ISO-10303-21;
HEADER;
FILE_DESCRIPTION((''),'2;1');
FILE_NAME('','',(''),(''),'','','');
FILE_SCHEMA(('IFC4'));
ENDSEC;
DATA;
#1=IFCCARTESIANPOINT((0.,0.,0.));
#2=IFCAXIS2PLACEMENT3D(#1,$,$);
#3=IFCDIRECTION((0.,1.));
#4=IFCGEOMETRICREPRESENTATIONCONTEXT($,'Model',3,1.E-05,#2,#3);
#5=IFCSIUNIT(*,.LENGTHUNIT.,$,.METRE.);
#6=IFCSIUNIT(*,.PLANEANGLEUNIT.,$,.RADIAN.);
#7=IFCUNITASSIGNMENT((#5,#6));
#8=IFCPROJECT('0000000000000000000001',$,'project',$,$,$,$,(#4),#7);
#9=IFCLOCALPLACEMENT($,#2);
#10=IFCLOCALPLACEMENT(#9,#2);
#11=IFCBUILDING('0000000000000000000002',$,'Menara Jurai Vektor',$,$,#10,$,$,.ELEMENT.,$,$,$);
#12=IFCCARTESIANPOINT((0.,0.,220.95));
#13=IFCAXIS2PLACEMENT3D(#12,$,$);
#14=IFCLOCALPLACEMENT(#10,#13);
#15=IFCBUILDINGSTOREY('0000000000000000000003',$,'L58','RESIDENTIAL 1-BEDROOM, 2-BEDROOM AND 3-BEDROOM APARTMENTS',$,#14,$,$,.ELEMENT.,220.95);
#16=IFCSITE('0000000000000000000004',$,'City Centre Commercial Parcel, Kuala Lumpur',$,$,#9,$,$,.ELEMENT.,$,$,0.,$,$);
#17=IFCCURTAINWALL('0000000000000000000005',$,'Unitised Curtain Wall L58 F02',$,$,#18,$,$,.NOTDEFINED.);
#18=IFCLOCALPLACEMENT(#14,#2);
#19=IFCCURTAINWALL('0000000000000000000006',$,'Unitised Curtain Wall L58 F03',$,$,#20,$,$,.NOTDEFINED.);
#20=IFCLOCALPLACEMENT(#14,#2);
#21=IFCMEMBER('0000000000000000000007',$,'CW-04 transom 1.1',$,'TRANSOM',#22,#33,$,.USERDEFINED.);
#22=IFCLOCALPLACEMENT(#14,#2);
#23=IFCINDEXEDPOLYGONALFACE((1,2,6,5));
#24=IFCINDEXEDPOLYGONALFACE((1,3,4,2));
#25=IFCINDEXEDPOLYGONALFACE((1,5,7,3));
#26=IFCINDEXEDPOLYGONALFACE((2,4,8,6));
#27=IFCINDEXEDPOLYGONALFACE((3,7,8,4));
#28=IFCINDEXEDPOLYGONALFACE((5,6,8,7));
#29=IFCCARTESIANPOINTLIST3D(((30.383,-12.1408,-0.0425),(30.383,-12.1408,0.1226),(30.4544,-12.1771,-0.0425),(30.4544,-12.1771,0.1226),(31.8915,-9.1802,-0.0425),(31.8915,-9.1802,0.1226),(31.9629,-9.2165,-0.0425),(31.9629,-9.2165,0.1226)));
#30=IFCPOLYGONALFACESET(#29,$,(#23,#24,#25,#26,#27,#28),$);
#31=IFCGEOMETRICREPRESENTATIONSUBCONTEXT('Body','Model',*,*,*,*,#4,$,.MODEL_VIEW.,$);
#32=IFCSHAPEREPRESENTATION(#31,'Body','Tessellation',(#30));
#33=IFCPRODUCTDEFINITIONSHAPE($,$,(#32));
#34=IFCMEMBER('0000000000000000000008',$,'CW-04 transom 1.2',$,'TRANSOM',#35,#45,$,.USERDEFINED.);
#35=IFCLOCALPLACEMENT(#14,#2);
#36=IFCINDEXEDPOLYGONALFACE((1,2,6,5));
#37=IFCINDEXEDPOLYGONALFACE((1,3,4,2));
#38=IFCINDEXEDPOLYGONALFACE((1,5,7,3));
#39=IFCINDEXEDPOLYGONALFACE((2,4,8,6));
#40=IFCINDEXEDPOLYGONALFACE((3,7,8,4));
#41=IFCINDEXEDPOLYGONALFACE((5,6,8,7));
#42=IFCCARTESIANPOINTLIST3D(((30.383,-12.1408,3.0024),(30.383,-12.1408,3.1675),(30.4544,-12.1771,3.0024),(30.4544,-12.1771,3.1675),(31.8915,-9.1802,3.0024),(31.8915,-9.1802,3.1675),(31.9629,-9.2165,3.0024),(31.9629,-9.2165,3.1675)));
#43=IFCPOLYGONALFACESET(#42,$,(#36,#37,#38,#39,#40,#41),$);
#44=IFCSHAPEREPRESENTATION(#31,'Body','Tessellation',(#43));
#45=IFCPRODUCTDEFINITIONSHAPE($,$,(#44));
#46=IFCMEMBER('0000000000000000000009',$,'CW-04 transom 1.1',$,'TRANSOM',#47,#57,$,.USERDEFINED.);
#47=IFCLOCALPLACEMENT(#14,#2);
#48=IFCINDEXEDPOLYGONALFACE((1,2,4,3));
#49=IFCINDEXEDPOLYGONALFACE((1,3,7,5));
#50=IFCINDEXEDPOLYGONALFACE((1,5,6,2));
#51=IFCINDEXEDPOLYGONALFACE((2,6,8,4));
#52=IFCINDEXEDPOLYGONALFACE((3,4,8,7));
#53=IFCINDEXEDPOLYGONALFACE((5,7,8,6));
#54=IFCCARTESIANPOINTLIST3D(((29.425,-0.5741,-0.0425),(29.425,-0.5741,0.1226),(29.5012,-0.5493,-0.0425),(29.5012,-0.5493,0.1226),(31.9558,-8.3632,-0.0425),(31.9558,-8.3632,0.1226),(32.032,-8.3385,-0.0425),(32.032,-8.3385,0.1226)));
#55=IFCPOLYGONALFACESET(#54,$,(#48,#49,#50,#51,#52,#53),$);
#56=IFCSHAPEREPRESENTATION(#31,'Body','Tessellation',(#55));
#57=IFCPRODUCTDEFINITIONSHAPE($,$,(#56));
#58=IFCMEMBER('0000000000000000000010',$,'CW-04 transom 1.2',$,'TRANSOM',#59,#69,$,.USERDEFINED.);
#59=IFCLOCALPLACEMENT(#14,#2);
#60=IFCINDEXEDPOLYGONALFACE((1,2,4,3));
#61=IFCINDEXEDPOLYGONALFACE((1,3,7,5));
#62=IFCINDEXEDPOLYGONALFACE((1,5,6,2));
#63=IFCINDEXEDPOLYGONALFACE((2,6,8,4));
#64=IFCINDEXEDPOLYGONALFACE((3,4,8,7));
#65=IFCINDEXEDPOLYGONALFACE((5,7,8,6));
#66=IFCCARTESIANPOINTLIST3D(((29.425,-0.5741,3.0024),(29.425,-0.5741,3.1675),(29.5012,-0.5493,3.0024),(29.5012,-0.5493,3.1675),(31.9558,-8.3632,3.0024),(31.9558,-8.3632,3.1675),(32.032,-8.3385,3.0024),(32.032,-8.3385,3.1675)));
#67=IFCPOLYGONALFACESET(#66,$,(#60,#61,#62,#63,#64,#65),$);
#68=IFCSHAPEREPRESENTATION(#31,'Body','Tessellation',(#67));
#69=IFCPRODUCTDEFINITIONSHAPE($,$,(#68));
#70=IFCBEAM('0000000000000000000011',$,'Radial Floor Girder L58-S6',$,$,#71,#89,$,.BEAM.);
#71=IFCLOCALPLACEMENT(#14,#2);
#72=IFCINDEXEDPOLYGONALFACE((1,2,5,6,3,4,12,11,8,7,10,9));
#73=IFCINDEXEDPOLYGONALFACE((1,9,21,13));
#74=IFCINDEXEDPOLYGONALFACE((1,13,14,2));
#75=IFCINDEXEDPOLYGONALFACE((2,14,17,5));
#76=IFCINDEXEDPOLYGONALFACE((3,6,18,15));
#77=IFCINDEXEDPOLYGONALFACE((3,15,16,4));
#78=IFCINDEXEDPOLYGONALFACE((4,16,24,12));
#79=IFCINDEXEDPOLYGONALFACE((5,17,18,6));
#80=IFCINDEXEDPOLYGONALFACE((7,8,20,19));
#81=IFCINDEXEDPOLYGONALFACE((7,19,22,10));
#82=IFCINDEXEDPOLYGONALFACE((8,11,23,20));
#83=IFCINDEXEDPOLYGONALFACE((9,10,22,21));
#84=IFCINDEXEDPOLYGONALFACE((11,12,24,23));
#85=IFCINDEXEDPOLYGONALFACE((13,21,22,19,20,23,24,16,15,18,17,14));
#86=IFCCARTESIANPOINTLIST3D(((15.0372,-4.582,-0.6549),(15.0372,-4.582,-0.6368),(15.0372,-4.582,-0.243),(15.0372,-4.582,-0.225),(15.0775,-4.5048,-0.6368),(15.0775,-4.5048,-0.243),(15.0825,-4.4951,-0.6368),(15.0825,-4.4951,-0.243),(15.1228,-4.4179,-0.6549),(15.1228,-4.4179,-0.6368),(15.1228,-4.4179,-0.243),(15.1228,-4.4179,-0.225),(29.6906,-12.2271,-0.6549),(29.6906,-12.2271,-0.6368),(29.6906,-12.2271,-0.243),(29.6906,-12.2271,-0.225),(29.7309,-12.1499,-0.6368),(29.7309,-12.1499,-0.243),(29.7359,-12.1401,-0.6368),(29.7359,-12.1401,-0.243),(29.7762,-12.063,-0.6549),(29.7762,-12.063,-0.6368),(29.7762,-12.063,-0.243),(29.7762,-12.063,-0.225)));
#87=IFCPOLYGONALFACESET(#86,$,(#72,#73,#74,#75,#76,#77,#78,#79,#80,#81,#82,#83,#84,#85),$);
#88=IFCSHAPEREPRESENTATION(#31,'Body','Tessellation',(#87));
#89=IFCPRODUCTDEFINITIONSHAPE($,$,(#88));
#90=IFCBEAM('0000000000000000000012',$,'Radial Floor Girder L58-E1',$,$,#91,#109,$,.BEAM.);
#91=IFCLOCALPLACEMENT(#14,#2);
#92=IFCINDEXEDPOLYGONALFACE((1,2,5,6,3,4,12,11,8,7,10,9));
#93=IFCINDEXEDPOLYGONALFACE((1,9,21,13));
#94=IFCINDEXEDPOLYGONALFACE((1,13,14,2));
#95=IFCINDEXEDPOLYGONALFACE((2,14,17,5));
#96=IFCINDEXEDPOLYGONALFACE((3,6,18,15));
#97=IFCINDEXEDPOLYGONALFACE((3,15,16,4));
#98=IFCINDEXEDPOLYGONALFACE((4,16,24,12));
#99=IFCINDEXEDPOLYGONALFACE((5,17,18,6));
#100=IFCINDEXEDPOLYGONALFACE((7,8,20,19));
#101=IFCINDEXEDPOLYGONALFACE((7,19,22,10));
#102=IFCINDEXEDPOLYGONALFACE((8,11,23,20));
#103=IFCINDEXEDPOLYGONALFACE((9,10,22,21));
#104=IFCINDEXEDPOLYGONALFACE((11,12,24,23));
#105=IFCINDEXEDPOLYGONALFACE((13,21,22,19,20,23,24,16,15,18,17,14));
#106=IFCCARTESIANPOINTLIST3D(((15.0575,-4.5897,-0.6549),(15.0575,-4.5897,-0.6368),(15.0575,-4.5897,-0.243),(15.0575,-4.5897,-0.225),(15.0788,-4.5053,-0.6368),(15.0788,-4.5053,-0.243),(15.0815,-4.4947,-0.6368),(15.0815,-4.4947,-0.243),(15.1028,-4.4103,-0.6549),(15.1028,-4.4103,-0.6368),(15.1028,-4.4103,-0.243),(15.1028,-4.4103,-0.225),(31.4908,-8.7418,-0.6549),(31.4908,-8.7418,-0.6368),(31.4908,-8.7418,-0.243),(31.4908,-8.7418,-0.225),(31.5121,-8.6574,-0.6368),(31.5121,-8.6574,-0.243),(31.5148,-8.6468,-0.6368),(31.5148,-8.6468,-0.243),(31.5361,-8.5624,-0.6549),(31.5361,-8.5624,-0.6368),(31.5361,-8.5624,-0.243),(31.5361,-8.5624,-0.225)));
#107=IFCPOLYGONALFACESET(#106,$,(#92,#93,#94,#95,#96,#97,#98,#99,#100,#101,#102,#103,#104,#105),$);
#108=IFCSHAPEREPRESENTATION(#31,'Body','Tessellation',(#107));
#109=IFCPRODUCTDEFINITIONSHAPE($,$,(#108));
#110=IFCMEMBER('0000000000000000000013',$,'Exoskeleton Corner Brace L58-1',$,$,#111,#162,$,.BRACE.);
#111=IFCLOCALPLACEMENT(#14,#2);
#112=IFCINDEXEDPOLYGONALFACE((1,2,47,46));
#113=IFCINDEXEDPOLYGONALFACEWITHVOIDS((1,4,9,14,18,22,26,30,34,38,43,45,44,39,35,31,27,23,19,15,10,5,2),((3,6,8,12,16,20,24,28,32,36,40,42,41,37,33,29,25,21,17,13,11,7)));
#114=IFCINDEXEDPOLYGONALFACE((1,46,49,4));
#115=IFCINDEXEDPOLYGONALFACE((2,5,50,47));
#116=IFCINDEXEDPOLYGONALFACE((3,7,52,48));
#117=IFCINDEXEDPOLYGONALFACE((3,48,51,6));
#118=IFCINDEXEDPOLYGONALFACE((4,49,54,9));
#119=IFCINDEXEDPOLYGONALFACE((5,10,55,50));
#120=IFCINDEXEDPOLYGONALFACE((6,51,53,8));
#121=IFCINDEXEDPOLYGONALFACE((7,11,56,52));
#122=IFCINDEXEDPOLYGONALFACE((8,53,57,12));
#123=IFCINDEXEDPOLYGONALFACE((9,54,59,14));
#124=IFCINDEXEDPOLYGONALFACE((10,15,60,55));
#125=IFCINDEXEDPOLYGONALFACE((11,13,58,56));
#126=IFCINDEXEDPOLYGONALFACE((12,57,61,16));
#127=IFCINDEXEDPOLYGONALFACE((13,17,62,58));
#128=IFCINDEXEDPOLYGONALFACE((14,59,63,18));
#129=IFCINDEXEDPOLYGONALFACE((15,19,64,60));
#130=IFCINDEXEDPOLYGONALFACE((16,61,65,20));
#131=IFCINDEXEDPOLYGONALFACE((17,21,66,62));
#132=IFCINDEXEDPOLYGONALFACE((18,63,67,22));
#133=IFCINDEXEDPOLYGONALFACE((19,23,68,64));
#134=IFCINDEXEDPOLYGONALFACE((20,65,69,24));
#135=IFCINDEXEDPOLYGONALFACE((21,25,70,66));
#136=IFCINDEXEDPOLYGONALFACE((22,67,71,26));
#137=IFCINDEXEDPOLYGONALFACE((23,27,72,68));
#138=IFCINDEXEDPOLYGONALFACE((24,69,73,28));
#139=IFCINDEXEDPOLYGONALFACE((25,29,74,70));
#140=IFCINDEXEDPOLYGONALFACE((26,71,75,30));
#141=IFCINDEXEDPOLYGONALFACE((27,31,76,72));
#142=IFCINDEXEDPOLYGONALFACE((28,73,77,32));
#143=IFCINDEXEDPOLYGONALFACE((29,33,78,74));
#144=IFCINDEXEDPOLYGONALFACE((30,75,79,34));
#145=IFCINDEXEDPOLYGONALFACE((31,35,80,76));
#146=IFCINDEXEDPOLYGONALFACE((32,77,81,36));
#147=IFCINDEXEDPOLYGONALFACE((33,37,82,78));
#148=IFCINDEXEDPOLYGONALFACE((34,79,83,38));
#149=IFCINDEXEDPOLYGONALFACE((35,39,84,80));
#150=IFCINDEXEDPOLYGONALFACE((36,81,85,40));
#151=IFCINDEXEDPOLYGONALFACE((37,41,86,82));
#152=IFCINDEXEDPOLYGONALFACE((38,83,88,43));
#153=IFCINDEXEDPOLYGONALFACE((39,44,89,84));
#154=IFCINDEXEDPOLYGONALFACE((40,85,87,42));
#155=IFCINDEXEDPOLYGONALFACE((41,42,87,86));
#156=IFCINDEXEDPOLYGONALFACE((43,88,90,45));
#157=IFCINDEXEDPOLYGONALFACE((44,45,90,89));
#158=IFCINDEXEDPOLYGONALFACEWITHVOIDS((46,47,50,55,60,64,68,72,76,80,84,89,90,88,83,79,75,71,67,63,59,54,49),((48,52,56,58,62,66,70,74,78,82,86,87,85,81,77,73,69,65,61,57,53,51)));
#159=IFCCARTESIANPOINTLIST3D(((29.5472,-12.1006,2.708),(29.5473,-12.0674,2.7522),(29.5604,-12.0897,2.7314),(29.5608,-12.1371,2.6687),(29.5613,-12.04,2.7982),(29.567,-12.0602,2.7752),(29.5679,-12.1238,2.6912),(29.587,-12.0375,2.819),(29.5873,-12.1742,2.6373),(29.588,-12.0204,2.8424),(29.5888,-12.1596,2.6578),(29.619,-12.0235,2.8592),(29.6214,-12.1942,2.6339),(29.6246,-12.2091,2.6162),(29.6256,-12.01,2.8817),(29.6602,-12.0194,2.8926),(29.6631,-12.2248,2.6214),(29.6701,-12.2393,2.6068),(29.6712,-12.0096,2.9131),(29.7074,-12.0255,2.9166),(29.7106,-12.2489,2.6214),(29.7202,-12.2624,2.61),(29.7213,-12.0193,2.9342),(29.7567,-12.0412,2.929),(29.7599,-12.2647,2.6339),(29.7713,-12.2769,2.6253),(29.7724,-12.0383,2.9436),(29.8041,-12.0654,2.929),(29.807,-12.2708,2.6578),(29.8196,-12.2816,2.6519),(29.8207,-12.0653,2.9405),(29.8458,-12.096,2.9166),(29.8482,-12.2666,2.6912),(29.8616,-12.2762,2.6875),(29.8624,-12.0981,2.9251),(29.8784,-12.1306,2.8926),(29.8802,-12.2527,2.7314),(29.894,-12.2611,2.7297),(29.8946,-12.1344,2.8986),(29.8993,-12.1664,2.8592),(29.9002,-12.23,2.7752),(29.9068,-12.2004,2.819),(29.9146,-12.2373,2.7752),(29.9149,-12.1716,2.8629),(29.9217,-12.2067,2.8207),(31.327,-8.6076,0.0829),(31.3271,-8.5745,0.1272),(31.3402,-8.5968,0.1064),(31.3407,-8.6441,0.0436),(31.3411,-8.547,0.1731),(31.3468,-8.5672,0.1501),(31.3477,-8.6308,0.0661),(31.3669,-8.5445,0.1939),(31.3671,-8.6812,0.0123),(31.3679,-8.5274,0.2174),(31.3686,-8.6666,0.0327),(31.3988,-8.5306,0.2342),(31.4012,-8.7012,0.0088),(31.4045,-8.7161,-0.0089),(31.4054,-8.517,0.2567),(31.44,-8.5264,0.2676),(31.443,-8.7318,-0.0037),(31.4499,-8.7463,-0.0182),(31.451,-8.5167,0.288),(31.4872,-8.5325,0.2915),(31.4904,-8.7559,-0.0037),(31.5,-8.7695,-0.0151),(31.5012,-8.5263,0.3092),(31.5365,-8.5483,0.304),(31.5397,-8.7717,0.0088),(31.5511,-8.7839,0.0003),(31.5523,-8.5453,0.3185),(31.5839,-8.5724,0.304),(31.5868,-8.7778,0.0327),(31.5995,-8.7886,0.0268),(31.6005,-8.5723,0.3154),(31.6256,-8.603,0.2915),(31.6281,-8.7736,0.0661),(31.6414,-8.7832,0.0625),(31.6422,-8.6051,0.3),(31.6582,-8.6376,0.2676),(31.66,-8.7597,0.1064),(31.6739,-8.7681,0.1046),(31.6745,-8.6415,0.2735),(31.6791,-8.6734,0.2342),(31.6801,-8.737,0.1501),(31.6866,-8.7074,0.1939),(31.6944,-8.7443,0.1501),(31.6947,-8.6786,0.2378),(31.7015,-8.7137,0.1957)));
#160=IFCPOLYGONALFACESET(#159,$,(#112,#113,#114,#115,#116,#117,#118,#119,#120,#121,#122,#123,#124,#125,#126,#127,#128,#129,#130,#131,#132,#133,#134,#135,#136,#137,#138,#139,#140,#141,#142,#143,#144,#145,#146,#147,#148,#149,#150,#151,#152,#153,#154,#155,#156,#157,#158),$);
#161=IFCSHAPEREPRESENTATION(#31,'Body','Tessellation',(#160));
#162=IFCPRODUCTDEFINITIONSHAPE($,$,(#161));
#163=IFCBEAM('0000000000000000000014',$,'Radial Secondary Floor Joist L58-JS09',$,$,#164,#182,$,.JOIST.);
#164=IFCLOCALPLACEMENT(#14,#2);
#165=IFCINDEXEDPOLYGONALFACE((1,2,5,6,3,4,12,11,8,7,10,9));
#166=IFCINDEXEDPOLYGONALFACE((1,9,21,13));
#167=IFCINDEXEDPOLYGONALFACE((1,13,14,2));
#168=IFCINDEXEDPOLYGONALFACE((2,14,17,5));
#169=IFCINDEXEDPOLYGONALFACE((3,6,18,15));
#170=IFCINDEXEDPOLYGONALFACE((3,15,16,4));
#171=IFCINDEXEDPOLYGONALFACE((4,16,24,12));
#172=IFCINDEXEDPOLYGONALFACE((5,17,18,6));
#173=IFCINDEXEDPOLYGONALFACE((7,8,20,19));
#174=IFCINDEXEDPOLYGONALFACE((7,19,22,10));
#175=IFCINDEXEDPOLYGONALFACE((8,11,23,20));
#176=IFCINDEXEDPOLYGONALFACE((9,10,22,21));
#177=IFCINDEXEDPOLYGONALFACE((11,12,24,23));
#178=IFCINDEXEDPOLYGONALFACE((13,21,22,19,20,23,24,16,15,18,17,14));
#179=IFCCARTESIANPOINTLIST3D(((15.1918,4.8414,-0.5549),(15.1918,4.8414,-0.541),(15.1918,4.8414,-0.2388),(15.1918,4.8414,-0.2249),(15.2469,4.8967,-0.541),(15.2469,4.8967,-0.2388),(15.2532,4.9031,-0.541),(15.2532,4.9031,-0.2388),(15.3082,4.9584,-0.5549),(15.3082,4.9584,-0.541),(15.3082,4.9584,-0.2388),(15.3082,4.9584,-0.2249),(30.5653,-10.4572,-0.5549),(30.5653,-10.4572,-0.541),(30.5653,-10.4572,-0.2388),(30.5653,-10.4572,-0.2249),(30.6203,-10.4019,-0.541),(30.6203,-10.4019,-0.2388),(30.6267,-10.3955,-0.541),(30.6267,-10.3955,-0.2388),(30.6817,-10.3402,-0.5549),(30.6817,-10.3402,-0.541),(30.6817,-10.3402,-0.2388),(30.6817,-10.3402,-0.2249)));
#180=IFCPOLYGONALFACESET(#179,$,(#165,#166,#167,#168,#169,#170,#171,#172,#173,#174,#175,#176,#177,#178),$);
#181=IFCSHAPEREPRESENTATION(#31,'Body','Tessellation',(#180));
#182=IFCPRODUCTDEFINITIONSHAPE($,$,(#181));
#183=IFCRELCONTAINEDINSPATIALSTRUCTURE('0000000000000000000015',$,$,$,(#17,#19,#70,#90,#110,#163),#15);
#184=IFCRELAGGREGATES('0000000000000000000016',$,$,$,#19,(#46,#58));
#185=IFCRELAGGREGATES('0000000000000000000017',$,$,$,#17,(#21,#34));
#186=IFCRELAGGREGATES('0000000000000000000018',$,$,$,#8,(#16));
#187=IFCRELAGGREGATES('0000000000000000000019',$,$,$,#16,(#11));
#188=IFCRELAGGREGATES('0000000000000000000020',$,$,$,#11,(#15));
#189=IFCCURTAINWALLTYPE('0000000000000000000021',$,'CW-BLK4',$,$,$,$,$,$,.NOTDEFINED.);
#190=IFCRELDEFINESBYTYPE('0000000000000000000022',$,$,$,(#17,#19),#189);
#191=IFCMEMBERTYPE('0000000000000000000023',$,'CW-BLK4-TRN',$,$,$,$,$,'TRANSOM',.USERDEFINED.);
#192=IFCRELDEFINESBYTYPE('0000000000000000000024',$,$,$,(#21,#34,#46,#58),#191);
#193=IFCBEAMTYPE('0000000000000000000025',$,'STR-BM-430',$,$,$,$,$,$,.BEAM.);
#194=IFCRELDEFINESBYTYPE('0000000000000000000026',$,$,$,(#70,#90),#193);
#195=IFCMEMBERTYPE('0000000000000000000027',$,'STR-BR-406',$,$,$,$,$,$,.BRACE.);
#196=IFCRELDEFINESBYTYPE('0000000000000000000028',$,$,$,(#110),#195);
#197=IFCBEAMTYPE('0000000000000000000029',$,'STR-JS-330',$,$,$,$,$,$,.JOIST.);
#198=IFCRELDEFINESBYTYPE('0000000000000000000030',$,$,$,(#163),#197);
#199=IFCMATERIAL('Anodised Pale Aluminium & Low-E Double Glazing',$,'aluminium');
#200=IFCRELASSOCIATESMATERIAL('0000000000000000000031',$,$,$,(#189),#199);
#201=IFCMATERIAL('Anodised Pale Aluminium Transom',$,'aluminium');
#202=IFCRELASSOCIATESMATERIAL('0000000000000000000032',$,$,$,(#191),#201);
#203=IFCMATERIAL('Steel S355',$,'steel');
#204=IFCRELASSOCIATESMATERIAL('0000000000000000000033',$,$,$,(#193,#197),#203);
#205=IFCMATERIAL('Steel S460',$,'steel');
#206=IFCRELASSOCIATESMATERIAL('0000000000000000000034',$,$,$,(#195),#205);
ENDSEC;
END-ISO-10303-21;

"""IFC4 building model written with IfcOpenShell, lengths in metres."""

from ifc_helpers import new_model, si_unit, direction, frame, origin, origin_2d, place, context, subcontext, project, spatial, rectangle, hollow_circle, i_section, extrude, material, material_profile, profile_set, type_object, element, aggregate, save


model = new_model("IFC4")

# Units and contexts
model_context = context("Model", 3, precision=1e-05, world=origin(), true_north=direction((0.0, 1.0)))
body_context = subcontext(model_context, "Body", "Model", "MODEL_VIEW")
ifc_project = project(units=[si_unit("LENGTHUNIT", "METRE"), si_unit("PLANEANGLEUNIT", "RADIAN")], contexts=[model_context])

# Site, building, storey
site_placement = place(None, origin())
site = spatial("IfcSite", under=ifc_project, at=site_placement, Name="City Centre Commercial Parcel, Kuala Lumpur", CompositionType="ELEMENT", RefElevation=0.0)
building_placement = place(site_placement, origin())
building = spatial("IfcBuilding", under=site, at=building_placement, Name="Menara Jurai Vektor", CompositionType="ELEMENT")
storey_placement = place(building_placement, frame((0.0, 0.0, 220.95)))
storey = spatial("IfcBuildingStorey", under=building, at=storey_placement, Name="L58", Description="RESIDENTIAL 1-BEDROOM, 2-BEDROOM AND 3-BEDROOM APARTMENTS", CompositionType="ELEMENT", Elevation=220.95)

# Shared definitions
ifc_material_1 = material(Name="Steel S460", Category="steel")

# Curtain wall
ifc_material_2 = material(Name="Anodised Pale Aluminium & Low-E Double Glazing", Category="aluminium")
curtain_wall_type = type_object("IfcCurtainWallType", Name="CW-BLK4", PredefinedType="NOTDEFINED", material=ifc_material_2)
curtain_wall_1_placement = place(storey_placement, origin())
curtain_wall_1 = element("IfcCurtainWall", 1, at=curtain_wall_1_placement, inside=storey, type_object=curtain_wall_type, Name="Unitised Curtain Wall L58 F02", PredefinedType="NOTDEFINED")

# Curtain wall
curtain_wall_2_placement = place(storey_placement, origin())
curtain_wall_2 = element("IfcCurtainWall", 2, at=curtain_wall_2_placement, inside=storey, type_object=curtain_wall_type, Name="Unitised Curtain Wall L58 F03", PredefinedType="NOTDEFINED")

# Members
ifc_material_3 = material(Name="Anodised Pale Aluminium Transom", Category="aluminium")
ifc_material_profile_1 = material_profile(ifc_material_3, rectangle(XDim=0.0801, YDim=0.165, at=origin_2d()), Name="ALU TRN 80x165")
ifc_profile_set_1 = profile_set([ifc_material_profile_1], Name="Anodised Pale Aluminium Transom")
member_type_1 = type_object("IfcMemberType", Name="CW-BLK4-TRN", ElementType="TRANSOM", PredefinedType="USERDEFINED", material=ifc_profile_set_1)
member_1_placement = place(storey_placement, frame((30.4187, -12.1589, 0.04), z_axis=(0.45399, 0.891007, 0.0), x_axis=(-0.891007, 0.45399, 0.0)))
member_1 = element("IfcMember", 3, at=member_1_placement, type_object=member_type_1, Name="CW-04 transom 1.1", ObjectType="TRANSOM", PredefinedType="USERDEFINED", context=body_context, shape_type="SweptSolid", body=[
    extrude(rectangle(XDim=0.0801, YDim=0.165, at=origin_2d()), origin(), (0.0, 0.0, 1.0), 3.3228),
])
member_2_placement = place(storey_placement, frame((30.4187, -12.1589, 3.085), z_axis=(0.45399, 0.891007, 0.0), x_axis=(-0.891007, 0.45399, 0.0)))
member_2 = element("IfcMember", 4, at=member_2_placement, type_object=member_type_1, Name="CW-04 transom 1.2", ObjectType="TRANSOM", PredefinedType="USERDEFINED", context=body_context, shape_type="SweptSolid", body=[
    extrude(rectangle(XDim=0.0801, YDim=0.165, at=origin_2d()), origin(), (0.0, 0.0, 1.0), 3.3228),
])
member_3_placement = place(storey_placement, frame((31.9939, -8.3508, 0.04), z_axis=(-0.309011, 0.951059, 0.0), x_axis=(-0.951059, -0.309011, 0.0)))
member_3 = element("IfcMember", 5, at=member_3_placement, type_object=member_type_1, Name="CW-04 transom 1.1", ObjectType="TRANSOM", PredefinedType="USERDEFINED", context=body_context, shape_type="SweptSolid", body=[
    extrude(rectangle(XDim=0.0801, YDim=0.165, at=origin_2d()), origin(), (0.0, 0.0, 1.0), 8.1899),
])
member_4_placement = place(storey_placement, frame((31.9939, -8.3508, 3.085), z_axis=(-0.309011, 0.951059, 0.0), x_axis=(-0.951059, -0.309011, 0.0)))
member_4 = element("IfcMember", 6, at=member_4_placement, type_object=member_type_1, Name="CW-04 transom 1.2", ObjectType="TRANSOM", PredefinedType="USERDEFINED", context=body_context, shape_type="SweptSolid", body=[
    extrude(rectangle(XDim=0.0801, YDim=0.165, at=origin_2d()), origin(), (0.0, 0.0, 1.0), 8.1899),
])

# Beams
ifc_material_4 = material(Name="Steel S355", Category="steel")
ifc_material_profile_2 = material_profile(ifc_material_4, i_section(OverallWidth=0.1851, OverallDepth=0.4299, WebThickness=0.011, FlangeThickness=0.0181, at=origin_2d()), Name="PG 430x185x76")
ifc_profile_set_2 = profile_set([ifc_material_profile_2], Name="Steel S355")
beam_type_1 = type_object("IfcBeamType", Name="STR-BM-430", PredefinedType="BEAM", material=ifc_profile_set_2)
beam_1_placement = place(storey_placement, frame((29.7334, -12.145, -0.4399), z_axis=(-0.88659, 0.462557, 0.0), x_axis=(-0.462557, -0.88659, 0.0)))
element("IfcBeam", 7, at=beam_1_placement, inside=storey, type_object=beam_type_1, Name="Radial Floor Girder L58-S6", PredefinedType="BEAM", context=body_context, shape_type="SweptSolid", body=[
    extrude(i_section(OverallWidth=0.1851, OverallDepth=0.4299, WebThickness=0.011, FlangeThickness=0.0181, at=origin_2d()), origin(), (0.0, 0.0, 1.0), 16.5278),
])
beam_2_placement = place(storey_placement, frame((31.5134, -8.6521, -0.4399), z_axis=(-0.969532, 0.244965, 0.0), x_axis=(-0.244965, -0.969532, 0.0)))
element("IfcBeam", 8, at=beam_2_placement, inside=storey, type_object=beam_type_1, Name="Radial Floor Girder L58-E1", PredefinedType="BEAM", context=body_context, shape_type="SweptSolid", body=[
    extrude(i_section(OverallWidth=0.1851, OverallDepth=0.4299, WebThickness=0.011, FlangeThickness=0.0181, at=origin_2d()), origin(), (0.0, 0.0, 1.0), 16.9497),
])

# Member
ifc_material_profile_3 = material_profile(ifc_material_1, hollow_circle(Radius=0.2031, WallThickness=0.0161, at=origin_2d()), Name="CHS 406.4x16")
ifc_profile_set_3 = profile_set([ifc_material_profile_3], Name="Steel S460")
member_type_2 = type_object("IfcMemberType", Name="STR-BR-406", PredefinedType="BRACE", material=ifc_profile_set_3)
member_5_placement = place(storey_placement, frame((31.5134, -8.6521, 0.1501), z_axis=(-0.37724, -0.740352, 0.556389), x_axis=(0.891001, -0.454001, 0.0)))
element("IfcMember", 9, at=member_5_placement, inside=storey, type_object=member_type_2, Name="Exoskeleton Corner Brace L58-1", PredefinedType="BRACE", context=body_context, shape_type="SweptSolid", body=[
    extrude(hollow_circle(Radius=0.2031, WallThickness=0.0161, at=origin_2d()), origin(), (0.0, 0.0, 1.0), 4.718),
])

# Beam
ifc_material_profile_4 = material_profile(ifc_material_4, i_section(OverallWidth=0.165, OverallDepth=0.3301, WebThickness=0.009, FlangeThickness=0.0139, at=origin_2d()), Name="PG 330x165x46")
ifc_profile_set_4 = profile_set([ifc_material_profile_4], Name="Steel S355")
beam_type_2 = type_object("IfcBeamType", Name="STR-JS-330", PredefinedType="JOIST", material=ifc_profile_set_4)
beam_3_placement = place(storey_placement, frame((30.6235, -10.3987, -0.3899), z_axis=(-0.708833, 0.705377, 0.0), x_axis=(-0.705377, -0.708833, 0.0)))
element("IfcBeam", 10, at=beam_3_placement, inside=storey, type_object=beam_type_2, Name="Radial Secondary Floor Joist L58-JS09", PredefinedType="JOIST", context=body_context, shape_type="SweptSolid", body=[
    extrude(i_section(OverallWidth=0.165, OverallDepth=0.3301, WebThickness=0.009, FlangeThickness=0.0139, at=origin_2d()), origin(), (0.0, 0.0, 1.0), 21.6885),
])

aggregate(curtain_wall_2, [member_3, member_4])
aggregate(curtain_wall_1, [member_1, member_2])

save(model, "model.ifc")
